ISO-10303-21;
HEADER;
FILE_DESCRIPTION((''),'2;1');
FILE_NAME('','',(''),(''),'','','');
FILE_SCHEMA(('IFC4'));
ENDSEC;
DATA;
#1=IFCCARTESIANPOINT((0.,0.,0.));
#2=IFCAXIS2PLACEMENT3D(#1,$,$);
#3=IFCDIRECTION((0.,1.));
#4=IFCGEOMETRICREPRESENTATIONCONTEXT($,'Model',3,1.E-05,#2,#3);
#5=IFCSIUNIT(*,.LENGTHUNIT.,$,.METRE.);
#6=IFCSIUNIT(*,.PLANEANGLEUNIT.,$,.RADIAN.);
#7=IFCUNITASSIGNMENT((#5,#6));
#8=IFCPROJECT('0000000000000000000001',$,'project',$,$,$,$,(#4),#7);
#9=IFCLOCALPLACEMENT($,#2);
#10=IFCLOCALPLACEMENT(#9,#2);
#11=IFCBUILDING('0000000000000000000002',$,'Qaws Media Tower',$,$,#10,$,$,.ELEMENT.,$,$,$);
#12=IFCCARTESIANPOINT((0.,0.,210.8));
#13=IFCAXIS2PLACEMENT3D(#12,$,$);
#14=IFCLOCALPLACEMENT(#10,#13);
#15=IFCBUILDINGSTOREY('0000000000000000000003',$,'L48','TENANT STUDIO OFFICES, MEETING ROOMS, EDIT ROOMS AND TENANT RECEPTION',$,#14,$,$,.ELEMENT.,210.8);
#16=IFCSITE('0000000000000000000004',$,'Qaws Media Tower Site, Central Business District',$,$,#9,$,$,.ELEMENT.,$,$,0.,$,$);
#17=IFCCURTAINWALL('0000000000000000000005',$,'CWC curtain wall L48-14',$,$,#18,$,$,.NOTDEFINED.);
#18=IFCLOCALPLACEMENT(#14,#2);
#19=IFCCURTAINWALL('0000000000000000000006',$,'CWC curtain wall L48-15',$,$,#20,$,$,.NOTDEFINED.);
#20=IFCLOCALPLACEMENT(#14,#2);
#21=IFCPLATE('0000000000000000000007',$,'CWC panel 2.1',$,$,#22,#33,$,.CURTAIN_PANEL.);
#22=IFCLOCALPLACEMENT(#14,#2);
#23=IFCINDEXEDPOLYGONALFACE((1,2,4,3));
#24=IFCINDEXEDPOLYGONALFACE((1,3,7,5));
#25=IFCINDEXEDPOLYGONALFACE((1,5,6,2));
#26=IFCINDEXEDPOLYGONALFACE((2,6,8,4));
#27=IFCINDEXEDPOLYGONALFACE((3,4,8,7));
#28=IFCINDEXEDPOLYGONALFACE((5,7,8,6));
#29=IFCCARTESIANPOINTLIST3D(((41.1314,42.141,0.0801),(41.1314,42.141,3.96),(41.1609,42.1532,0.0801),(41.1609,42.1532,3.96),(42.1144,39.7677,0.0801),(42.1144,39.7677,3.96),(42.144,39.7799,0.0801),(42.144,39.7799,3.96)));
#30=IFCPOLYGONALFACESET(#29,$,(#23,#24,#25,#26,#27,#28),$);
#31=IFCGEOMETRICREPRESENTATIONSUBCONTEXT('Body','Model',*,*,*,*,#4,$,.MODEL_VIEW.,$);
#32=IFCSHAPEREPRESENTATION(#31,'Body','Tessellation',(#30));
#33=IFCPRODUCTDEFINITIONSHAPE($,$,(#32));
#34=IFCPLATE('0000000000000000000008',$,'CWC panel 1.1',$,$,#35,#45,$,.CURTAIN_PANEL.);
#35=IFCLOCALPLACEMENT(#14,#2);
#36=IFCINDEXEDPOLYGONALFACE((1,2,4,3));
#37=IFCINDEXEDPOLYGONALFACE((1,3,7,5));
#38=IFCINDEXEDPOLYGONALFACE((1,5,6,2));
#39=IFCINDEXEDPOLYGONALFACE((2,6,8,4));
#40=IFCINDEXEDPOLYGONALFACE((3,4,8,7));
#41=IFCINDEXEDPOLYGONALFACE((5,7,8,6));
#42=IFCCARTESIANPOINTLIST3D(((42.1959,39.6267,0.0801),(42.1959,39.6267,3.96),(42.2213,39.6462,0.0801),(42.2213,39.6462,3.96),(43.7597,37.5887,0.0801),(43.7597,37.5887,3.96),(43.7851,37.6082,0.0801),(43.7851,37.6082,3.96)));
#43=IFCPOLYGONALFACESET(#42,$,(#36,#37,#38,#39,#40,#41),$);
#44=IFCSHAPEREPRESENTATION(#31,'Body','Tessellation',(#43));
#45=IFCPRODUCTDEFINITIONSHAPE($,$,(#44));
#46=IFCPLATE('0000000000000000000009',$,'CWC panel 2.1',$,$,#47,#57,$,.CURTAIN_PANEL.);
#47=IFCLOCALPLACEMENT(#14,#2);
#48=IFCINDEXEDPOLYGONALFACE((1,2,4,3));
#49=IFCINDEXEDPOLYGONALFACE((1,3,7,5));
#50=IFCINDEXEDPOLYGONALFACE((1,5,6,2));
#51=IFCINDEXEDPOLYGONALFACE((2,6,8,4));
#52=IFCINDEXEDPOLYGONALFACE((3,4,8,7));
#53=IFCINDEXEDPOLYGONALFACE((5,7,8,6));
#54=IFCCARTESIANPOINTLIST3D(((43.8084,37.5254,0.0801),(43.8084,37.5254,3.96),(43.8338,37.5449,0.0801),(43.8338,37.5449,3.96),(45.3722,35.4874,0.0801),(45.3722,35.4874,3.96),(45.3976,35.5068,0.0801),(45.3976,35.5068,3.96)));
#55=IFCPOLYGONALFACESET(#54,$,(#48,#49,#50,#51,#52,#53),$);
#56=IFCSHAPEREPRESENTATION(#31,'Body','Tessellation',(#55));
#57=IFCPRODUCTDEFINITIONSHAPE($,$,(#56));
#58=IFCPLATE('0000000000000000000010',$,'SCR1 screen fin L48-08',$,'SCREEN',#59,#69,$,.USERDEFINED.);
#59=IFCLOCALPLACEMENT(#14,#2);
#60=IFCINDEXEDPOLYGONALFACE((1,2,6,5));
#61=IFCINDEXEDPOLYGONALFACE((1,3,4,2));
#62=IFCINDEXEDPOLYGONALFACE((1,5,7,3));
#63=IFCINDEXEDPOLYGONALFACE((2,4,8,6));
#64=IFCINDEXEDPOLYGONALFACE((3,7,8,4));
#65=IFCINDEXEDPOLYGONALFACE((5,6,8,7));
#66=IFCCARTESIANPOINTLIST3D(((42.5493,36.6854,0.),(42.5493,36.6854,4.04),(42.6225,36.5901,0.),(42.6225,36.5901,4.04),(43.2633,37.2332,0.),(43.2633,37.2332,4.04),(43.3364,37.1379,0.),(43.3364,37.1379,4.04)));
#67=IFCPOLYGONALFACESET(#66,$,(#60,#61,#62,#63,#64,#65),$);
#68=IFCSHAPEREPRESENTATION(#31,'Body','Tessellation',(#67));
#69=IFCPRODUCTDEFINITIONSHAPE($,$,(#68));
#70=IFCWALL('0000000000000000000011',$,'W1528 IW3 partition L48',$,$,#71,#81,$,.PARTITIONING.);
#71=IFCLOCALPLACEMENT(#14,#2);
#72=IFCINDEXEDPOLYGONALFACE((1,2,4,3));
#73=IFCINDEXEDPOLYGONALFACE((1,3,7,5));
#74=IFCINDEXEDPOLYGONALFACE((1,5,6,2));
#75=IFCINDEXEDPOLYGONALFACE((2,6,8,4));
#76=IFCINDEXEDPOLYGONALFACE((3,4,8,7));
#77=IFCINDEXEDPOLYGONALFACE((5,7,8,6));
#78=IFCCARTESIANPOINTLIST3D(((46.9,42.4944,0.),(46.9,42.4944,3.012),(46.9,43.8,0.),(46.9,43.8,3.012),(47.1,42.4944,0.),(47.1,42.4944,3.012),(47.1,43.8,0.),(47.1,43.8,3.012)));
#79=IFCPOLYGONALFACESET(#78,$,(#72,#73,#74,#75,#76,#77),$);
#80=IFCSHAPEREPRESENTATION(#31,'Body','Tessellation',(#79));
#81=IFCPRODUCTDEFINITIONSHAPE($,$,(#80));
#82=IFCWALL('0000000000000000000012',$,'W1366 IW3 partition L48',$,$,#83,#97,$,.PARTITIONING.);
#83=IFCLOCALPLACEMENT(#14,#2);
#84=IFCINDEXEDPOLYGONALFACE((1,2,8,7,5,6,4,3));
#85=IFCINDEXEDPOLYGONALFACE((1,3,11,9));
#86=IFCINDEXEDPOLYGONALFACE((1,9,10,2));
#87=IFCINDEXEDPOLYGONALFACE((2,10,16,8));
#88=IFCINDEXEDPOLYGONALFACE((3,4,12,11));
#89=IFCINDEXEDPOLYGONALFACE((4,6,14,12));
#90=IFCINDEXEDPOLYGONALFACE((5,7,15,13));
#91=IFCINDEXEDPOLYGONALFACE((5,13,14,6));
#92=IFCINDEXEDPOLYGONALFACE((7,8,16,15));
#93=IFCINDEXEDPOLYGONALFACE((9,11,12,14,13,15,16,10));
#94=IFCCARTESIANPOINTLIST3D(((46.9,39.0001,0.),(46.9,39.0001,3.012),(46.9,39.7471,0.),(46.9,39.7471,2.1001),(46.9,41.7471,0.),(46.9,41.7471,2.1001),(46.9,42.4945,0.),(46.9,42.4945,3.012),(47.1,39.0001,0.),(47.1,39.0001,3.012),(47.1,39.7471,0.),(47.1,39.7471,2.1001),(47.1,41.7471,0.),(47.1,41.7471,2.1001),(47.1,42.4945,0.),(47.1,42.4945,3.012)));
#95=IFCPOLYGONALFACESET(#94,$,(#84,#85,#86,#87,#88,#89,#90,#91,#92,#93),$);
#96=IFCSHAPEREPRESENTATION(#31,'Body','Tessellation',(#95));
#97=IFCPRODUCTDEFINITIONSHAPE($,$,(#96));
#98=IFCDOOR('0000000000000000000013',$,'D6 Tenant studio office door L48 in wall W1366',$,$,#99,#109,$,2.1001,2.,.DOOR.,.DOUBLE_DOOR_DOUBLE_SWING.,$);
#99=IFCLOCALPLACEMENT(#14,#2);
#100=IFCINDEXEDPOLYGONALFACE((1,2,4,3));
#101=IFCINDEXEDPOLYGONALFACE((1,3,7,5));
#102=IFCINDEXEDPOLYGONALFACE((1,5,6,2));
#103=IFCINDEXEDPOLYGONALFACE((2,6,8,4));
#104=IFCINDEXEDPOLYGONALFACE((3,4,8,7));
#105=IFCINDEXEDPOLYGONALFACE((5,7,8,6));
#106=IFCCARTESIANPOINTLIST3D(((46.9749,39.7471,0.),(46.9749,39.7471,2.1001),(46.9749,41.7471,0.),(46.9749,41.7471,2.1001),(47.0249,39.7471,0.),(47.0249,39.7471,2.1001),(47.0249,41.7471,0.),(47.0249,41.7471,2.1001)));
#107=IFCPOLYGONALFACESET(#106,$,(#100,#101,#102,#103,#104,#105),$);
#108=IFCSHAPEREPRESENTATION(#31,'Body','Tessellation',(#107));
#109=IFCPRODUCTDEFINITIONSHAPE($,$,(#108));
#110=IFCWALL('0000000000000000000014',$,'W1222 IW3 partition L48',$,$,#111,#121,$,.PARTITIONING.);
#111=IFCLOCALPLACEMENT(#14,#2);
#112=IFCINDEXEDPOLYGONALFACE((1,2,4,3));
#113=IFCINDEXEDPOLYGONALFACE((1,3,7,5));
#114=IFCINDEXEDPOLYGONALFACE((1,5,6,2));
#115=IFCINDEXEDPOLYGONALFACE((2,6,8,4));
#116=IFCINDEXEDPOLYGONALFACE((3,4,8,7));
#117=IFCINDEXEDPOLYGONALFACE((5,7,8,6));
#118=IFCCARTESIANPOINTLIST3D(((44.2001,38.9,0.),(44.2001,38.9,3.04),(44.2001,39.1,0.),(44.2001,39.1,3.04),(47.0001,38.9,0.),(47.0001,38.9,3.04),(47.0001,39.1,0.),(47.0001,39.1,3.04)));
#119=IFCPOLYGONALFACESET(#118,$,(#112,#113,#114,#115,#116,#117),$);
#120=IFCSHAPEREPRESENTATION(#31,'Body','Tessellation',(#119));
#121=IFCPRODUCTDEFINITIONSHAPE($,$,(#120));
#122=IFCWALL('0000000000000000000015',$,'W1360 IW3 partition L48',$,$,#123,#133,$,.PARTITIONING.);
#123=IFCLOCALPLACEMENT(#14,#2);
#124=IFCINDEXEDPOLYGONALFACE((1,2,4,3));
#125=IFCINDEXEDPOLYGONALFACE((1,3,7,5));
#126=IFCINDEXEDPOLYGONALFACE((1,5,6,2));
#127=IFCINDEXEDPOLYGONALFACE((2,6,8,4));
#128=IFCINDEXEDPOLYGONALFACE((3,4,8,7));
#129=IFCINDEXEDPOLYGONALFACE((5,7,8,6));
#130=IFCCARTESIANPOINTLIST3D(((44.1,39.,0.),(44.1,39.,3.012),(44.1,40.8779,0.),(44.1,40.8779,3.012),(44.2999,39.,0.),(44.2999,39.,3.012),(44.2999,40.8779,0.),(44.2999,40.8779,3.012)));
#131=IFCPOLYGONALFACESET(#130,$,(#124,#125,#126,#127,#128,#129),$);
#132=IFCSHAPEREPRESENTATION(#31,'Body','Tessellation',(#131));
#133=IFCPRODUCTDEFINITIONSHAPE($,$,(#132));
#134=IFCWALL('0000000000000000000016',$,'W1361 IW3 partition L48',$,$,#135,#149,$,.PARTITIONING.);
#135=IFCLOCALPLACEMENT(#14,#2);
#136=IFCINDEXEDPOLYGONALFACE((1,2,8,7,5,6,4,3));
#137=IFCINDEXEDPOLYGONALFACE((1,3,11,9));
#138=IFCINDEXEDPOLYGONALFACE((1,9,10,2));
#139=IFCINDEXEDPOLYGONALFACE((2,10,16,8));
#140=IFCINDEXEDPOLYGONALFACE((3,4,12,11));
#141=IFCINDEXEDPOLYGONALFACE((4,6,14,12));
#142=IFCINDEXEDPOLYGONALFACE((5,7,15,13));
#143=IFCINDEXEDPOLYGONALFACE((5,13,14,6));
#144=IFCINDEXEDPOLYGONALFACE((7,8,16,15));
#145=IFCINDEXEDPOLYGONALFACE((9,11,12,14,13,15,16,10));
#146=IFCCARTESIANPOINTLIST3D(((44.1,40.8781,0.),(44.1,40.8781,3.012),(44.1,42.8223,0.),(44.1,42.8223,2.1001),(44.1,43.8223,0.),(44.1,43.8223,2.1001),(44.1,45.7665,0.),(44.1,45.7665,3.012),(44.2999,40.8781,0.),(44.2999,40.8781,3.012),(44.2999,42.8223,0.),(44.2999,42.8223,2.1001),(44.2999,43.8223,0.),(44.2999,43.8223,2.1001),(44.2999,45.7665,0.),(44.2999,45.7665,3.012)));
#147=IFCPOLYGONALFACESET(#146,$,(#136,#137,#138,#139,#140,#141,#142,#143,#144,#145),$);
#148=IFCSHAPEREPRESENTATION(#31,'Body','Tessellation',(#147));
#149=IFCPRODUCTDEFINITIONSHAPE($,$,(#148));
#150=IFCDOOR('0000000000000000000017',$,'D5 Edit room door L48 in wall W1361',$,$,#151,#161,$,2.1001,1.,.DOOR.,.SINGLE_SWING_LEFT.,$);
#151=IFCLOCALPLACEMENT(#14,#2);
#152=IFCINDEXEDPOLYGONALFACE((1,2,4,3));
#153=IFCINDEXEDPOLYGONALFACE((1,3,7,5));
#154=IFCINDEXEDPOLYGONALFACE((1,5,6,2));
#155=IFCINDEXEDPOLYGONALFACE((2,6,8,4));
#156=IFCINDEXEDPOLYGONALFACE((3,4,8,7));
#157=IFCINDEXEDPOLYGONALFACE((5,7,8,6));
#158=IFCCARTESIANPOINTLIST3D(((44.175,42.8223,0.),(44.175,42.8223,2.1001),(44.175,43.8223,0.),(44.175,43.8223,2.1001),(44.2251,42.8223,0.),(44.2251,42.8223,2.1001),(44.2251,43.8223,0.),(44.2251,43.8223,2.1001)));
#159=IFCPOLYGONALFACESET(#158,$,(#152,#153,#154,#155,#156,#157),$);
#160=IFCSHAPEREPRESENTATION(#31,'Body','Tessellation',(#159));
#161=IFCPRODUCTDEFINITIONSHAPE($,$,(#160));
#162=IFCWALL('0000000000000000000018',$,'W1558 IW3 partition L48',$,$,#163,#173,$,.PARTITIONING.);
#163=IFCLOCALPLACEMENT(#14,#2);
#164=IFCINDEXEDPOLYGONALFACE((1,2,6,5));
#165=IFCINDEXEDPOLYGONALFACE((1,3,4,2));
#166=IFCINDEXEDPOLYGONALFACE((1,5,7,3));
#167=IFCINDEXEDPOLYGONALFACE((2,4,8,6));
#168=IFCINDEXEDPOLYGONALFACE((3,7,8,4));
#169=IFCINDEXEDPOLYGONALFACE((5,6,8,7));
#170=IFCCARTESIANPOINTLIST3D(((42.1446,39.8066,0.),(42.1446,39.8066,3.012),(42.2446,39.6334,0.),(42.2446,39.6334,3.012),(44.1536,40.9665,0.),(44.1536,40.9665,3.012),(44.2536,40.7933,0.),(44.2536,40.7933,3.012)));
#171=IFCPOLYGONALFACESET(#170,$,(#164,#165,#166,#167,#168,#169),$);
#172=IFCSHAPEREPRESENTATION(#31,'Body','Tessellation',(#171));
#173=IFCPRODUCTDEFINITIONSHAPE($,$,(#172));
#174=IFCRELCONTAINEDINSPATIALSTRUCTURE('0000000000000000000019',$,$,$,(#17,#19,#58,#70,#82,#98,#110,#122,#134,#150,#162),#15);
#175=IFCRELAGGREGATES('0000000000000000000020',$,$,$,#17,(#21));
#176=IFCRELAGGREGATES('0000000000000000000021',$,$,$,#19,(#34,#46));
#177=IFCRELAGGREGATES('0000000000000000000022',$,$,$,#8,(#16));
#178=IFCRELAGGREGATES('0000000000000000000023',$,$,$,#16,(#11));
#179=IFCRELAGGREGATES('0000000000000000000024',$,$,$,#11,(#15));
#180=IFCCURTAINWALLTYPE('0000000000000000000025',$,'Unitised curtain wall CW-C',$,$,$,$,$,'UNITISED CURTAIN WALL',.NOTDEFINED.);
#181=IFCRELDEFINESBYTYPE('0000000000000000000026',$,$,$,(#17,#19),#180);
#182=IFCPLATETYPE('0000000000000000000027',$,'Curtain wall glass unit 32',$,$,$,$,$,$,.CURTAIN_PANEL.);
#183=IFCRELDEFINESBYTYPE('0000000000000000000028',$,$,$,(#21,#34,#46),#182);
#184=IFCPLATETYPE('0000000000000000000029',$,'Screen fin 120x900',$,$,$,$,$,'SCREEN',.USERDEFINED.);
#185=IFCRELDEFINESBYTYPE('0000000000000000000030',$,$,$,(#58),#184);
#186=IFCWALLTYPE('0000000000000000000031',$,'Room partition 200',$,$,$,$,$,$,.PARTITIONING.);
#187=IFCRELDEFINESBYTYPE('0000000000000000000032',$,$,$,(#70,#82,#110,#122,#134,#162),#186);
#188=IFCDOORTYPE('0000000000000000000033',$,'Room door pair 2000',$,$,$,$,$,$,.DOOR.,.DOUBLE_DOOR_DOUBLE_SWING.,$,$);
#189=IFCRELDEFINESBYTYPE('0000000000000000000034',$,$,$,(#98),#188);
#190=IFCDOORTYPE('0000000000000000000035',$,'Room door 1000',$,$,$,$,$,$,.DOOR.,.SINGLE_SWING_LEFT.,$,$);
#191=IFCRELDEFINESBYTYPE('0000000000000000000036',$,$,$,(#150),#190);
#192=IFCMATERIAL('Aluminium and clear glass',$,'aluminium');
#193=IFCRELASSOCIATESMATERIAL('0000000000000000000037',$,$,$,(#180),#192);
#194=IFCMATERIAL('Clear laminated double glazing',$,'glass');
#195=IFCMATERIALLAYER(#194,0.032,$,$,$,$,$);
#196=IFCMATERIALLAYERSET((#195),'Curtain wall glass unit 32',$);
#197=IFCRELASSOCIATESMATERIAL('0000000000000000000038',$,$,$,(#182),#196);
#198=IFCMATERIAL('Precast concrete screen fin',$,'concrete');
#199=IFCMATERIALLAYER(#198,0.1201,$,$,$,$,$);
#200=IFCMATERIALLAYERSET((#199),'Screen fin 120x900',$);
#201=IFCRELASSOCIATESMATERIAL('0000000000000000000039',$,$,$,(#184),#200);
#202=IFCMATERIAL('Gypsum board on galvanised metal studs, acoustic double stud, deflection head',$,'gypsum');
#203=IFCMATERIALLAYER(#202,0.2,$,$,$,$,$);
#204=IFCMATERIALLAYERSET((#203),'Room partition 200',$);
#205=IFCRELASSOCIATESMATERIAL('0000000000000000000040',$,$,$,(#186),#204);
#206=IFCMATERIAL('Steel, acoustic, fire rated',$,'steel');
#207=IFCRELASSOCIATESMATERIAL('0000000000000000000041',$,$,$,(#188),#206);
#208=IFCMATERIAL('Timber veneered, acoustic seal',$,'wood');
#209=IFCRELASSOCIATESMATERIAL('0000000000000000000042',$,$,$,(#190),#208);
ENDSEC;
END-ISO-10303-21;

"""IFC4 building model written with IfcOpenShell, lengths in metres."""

from ifc_helpers import new_model, si_unit, direction, frame, frame_2d, origin, origin_2d, place, context, subcontext, project, spatial, rectangle, extrude, material, layer, layer_set, type_object, element, fill, aggregate, save


model = new_model("IFC4")

# Units and contexts
model_context = context("Model", 3, precision=1e-05, world=origin(), true_north=direction((0.0, 1.0)))
body_context = subcontext(model_context, "Body", "Model", "MODEL_VIEW")
ifc_project = project(units=[si_unit("LENGTHUNIT", "METRE"), si_unit("PLANEANGLEUNIT", "RADIAN")], contexts=[model_context])

# Site, building, storey
site_placement = place(None, origin())
site = spatial("IfcSite", under=ifc_project, at=site_placement, Name="Qaws Media Tower Site, Central Business District", CompositionType="ELEMENT", RefElevation=0.0)
building_placement = place(site_placement, origin())
building = spatial("IfcBuilding", under=site, at=building_placement, Name="Qaws Media Tower", CompositionType="ELEMENT")
storey_placement = place(building_placement, frame((0.0, 0.0, 210.8)))
storey = spatial("IfcBuildingStorey", under=building, at=storey_placement, Name="L48", Description="TENANT STUDIO OFFICES, MEETING ROOMS, EDIT ROOMS AND TENANT RECEPTION", CompositionType="ELEMENT", Elevation=210.8)

# Curtain wall
ifc_material_1 = material(Name="Aluminium and clear glass", Category="aluminium")
curtain_wall_type = type_object("IfcCurtainWallType", Name="Unitised curtain wall CW-C", ElementType="UNITISED CURTAIN WALL", PredefinedType="NOTDEFINED", material=ifc_material_1)
curtain_wall_1_placement = place(storey_placement, origin())
curtain_wall_1 = element("IfcCurtainWall", 1, at=curtain_wall_1_placement, inside=storey, type_object=curtain_wall_type, Name="CWC curtain wall L48-14", PredefinedType="NOTDEFINED")

# Curtain wall
curtain_wall_2_placement = place(storey_placement, origin())
curtain_wall_2 = element("IfcCurtainWall", 2, at=curtain_wall_2_placement, inside=storey, type_object=curtain_wall_type, Name="CWC curtain wall L48-15", PredefinedType="NOTDEFINED")

# Plates
ifc_material_2 = material(Name="Clear laminated double glazing", Category="glass")
ifc_layer_1 = layer(ifc_material_2, 0.032)
ifc_layer_set_1 = layer_set([ifc_layer_1], Name="Curtain wall glass unit 32")
plate_type_1 = type_object("IfcPlateType", Name="Curtain wall glass unit 32", PredefinedType="CURTAIN_PANEL", material=ifc_layer_set_1)
plate_1_placement = place(storey_placement, frame((41.6377, 40.9604, 0.0801), z_axis=(0.0, 0.0, 1.0), x_axis=(0.382683, -0.92388, 0.0)))
plate_1 = element("IfcPlate", 3, at=plate_1_placement, type_object=plate_type_1, Name="CWC panel 2.1", PredefinedType="CURTAIN_PANEL", context=body_context, shape_type="SweptSolid", body=[
    extrude(rectangle(XDim=2.5688, YDim=0.032, at=origin_2d()), origin(), (0.0, 0.0, 1.0), 3.8799),
])
aggregate(curtain_wall_1, [plate_1])
plate_2_placement = place(storey_placement, frame((42.9905, 38.6174, 0.0801), z_axis=(0.0, 0.0, 1.0), x_axis=(0.608761, -0.793353, 0.0)))
plate_2 = element("IfcPlate", 4, at=plate_2_placement, type_object=plate_type_1, Name="CWC panel 1.1", PredefinedType="CURTAIN_PANEL", context=body_context, shape_type="SweptSolid", body=[
    extrude(rectangle(XDim=2.5688, YDim=0.032, at=origin_2d()), origin(), (0.0, 0.0, 1.0), 3.8799),
])
plate_3_placement = place(storey_placement, frame((44.603, 36.5161, 0.0801), z_axis=(0.0, 0.0, 1.0), x_axis=(0.608761, -0.793353, 0.0)))
plate_3 = element("IfcPlate", 5, at=plate_3_placement, type_object=plate_type_1, Name="CWC panel 2.1", PredefinedType="CURTAIN_PANEL", context=body_context, shape_type="SweptSolid", body=[
    extrude(rectangle(XDim=2.5688, YDim=0.032, at=origin_2d()), origin(), (0.0, 0.0, 1.0), 3.8799),
])
aggregate(curtain_wall_2, [plate_2, plate_3])
ifc_material_3 = material(Name="Precast concrete screen fin", Category="concrete")
ifc_layer_2 = layer(ifc_material_3, 0.1201)
ifc_layer_set_2 = layer_set([ifc_layer_2], Name="Screen fin 120x900")
plate_type_2 = type_object("IfcPlateType", Name="Screen fin 120x900", ElementType="SCREEN", PredefinedType="USERDEFINED", material=ifc_layer_set_2)
plate_4_placement = place(storey_placement, frame((42.9429, 36.9116, 0.0), z_axis=(0.0, 0.0, 1.0), x_axis=(-0.793353, -0.608761, 0.0)))
element("IfcPlate", 6, at=plate_4_placement, inside=storey, type_object=plate_type_2, Name="SCR1 screen fin L48-08", ObjectType="SCREEN", PredefinedType="USERDEFINED", context=body_context, shape_type="SweptSolid", body=[
    extrude(rectangle(XDim=0.8999, YDim=0.1201, at=origin_2d()), origin(), (0.0, 0.0, 1.0), 4.04),
])

# Wall
ifc_material_4 = material(Name="Gypsum board on galvanised metal studs, acoustic double stud, deflection head", Category="gypsum")
ifc_layer_3 = layer(ifc_material_4, 0.2)
ifc_layer_set_3 = layer_set([ifc_layer_3], Name="Room partition 200")
wall_type = type_object("IfcWallType", Name="Room partition 200", PredefinedType="PARTITIONING", material=ifc_layer_set_3)
wall_1_placement = place(storey_placement, frame((47.0, 43.8, 0.0), z_axis=(0.0, 0.0, 1.0), x_axis=(0.0, -1.0, 0.0)))
element("IfcWall", 7, at=wall_1_placement, inside=storey, type_object=wall_type, Name="W1528 IW3 partition L48", PredefinedType="PARTITIONING", context=body_context, shape_type="SweptSolid", body=[
    extrude(rectangle(XDim=1.3057, YDim=0.2, at=frame_2d((0.6528, 0.0))), origin(), (0.0, 0.0, 1.0), 3.012),
])

# Wall, opening, door
wall_2_placement = place(storey_placement, frame((47.0, 42.4944, 0.0), z_axis=(0.0, 0.0, 1.0), x_axis=(0.0, -1.0, 0.0)))
wall_2 = element("IfcWall", 8, at=wall_2_placement, inside=storey, type_object=wall_type, Name="W1366 IW3 partition L48", PredefinedType="PARTITIONING", context=body_context, shape_type="SweptSolid", body=[
    extrude(rectangle(XDim=3.4944, YDim=0.2, at=frame_2d((1.7471, 0.0))), origin(), (0.0, 0.0, 1.0), 3.012),
])
opening_1_placement = place(wall_2_placement, frame((0.7473, 0.0, 0.0)))
opening_1 = element("IfcOpeningElement", 9, at=opening_1_placement, cuts=wall_2, PredefinedType="OPENING", context=body_context, shape_type="SweptSolid", body=[
    extrude(rectangle(XDim=2.0, YDim=2.1001, at=frame_2d((1.0, 1.05))), frame((0.0, 0.1099, 0.0), z_axis=(0.0, -1.0, 0.0), x_axis=(1.0, 0.0, 0.0)), (0.0, 0.0, 1.0), 0.22),
])
ifc_material_5 = material(Name="Steel, acoustic, fire rated", Category="steel")
door_type_1 = type_object("IfcDoorType", Name="Room door pair 2000", OperationType="DOUBLE_DOOR_DOUBLE_SWING", PredefinedType="DOOR", material=ifc_material_5)
door_1_placement = place(opening_1_placement, origin())
door_1 = element("IfcDoor", 10, at=door_1_placement, inside=storey, type_object=door_type_1, Name="D6 Tenant studio office door L48 in wall W1366", OperationType="DOUBLE_DOOR_DOUBLE_SWING", OverallHeight=2.1001, OverallWidth=2.0, PredefinedType="DOOR", context=body_context, shape_type="SweptSolid", body=[
    extrude(rectangle(XDim=2.0, YDim=2.1001, at=frame_2d((1.0, 1.05))), frame((0.0, 0.0249, 0.0), z_axis=(0.0, -1.0, 0.0), x_axis=(1.0, 0.0, 0.0)), (0.0, 0.0, 1.0), 0.05),
])
fill(opening_1, door_1)

# Walls
wall_3_placement = place(storey_placement, frame((47.0, 39.0, 0.0), z_axis=(0.0, 0.0, 1.0), x_axis=(-1.0, 0.0, 0.0)))
element("IfcWall", 11, at=wall_3_placement, inside=storey, type_object=wall_type, Name="W1222 IW3 partition L48", PredefinedType="PARTITIONING", context=body_context, shape_type="SweptSolid", body=[
    extrude(rectangle(XDim=2.8, YDim=0.2, at=frame_2d((1.3999, 0.0))), origin(), (0.0, 0.0, 1.0), 3.04),
])
wall_4_placement = place(storey_placement, frame((44.2, 39.0, 0.0), z_axis=(0.0, 0.0, 1.0), x_axis=(0.0, 1.0, 0.0)))
element("IfcWall", 12, at=wall_4_placement, inside=storey, type_object=wall_type, Name="W1360 IW3 partition L48", PredefinedType="PARTITIONING", context=body_context, shape_type="SweptSolid", body=[
    extrude(rectangle(XDim=1.8779, YDim=0.2, at=frame_2d((0.939, 0.0))), origin(), (0.0, 0.0, 1.0), 3.012),
])

# Wall, opening, door
wall_5_placement = place(storey_placement, frame((44.2, 40.8779, 0.0), z_axis=(0.0, 0.0, 1.0), x_axis=(0.0, 1.0, 0.0)))
wall_5 = element("IfcWall", 13, at=wall_5_placement, inside=storey, type_object=wall_type, Name="W1361 IW3 partition L48", PredefinedType="PARTITIONING", context=body_context, shape_type="SweptSolid", body=[
    extrude(rectangle(XDim=4.8884, YDim=0.2, at=frame_2d((2.4443, 0.0))), origin(), (0.0, 0.0, 1.0), 3.012),
])
opening_2_placement = place(wall_5_placement, frame((1.9443, 0.0, 0.0)))
opening_2 = element("IfcOpeningElement", 14, at=opening_2_placement, cuts=wall_5, PredefinedType="OPENING", context=body_context, shape_type="SweptSolid", body=[
    extrude(rectangle(XDim=1.0, YDim=2.1001, at=frame_2d((0.5, 1.05))), frame((0.0, 0.1099, 0.0), z_axis=(0.0, -1.0, 0.0), x_axis=(1.0, 0.0, 0.0)), (0.0, 0.0, 1.0), 0.22),
])
ifc_material_6 = material(Name="Timber veneered, acoustic seal", Category="wood")
door_type_2 = type_object("IfcDoorType", Name="Room door 1000", OperationType="SINGLE_SWING_LEFT", PredefinedType="DOOR", material=ifc_material_6)
door_2_placement = place(opening_2_placement, origin())
door_2 = element("IfcDoor", 15, at=door_2_placement, inside=storey, type_object=door_type_2, Name="D5 Edit room door L48 in wall W1361", OperationType="SINGLE_SWING_LEFT", OverallHeight=2.1001, OverallWidth=1.0, PredefinedType="DOOR", context=body_context, shape_type="SweptSolid", body=[
    extrude(rectangle(XDim=1.0, YDim=2.1001, at=frame_2d((0.5, 1.05))), frame((0.0, 0.0249, 0.0), z_axis=(0.0, -1.0, 0.0), x_axis=(1.0, 0.0, 0.0)), (0.0, 0.0, 1.0), 0.05),
])
fill(opening_2, door_2)

# Wall
wall_6_placement = place(storey_placement, frame((44.2036, 40.8799, 0.0), z_axis=(0.0, 0.0, 1.0), x_axis=(-0.866026, -0.499999, 0.0)))
element("IfcWall", 16, at=wall_6_placement, inside=storey, type_object=wall_type, Name="W1558 IW3 partition L48", PredefinedType="PARTITIONING", context=body_context, shape_type="SweptSolid", body=[
    extrude(rectangle(XDim=2.3198, YDim=0.2, at=frame_2d((1.1599, 0.0))), origin(), (0.0, 0.0, 1.0), 3.012),
])

save(model, "model.ifc")
